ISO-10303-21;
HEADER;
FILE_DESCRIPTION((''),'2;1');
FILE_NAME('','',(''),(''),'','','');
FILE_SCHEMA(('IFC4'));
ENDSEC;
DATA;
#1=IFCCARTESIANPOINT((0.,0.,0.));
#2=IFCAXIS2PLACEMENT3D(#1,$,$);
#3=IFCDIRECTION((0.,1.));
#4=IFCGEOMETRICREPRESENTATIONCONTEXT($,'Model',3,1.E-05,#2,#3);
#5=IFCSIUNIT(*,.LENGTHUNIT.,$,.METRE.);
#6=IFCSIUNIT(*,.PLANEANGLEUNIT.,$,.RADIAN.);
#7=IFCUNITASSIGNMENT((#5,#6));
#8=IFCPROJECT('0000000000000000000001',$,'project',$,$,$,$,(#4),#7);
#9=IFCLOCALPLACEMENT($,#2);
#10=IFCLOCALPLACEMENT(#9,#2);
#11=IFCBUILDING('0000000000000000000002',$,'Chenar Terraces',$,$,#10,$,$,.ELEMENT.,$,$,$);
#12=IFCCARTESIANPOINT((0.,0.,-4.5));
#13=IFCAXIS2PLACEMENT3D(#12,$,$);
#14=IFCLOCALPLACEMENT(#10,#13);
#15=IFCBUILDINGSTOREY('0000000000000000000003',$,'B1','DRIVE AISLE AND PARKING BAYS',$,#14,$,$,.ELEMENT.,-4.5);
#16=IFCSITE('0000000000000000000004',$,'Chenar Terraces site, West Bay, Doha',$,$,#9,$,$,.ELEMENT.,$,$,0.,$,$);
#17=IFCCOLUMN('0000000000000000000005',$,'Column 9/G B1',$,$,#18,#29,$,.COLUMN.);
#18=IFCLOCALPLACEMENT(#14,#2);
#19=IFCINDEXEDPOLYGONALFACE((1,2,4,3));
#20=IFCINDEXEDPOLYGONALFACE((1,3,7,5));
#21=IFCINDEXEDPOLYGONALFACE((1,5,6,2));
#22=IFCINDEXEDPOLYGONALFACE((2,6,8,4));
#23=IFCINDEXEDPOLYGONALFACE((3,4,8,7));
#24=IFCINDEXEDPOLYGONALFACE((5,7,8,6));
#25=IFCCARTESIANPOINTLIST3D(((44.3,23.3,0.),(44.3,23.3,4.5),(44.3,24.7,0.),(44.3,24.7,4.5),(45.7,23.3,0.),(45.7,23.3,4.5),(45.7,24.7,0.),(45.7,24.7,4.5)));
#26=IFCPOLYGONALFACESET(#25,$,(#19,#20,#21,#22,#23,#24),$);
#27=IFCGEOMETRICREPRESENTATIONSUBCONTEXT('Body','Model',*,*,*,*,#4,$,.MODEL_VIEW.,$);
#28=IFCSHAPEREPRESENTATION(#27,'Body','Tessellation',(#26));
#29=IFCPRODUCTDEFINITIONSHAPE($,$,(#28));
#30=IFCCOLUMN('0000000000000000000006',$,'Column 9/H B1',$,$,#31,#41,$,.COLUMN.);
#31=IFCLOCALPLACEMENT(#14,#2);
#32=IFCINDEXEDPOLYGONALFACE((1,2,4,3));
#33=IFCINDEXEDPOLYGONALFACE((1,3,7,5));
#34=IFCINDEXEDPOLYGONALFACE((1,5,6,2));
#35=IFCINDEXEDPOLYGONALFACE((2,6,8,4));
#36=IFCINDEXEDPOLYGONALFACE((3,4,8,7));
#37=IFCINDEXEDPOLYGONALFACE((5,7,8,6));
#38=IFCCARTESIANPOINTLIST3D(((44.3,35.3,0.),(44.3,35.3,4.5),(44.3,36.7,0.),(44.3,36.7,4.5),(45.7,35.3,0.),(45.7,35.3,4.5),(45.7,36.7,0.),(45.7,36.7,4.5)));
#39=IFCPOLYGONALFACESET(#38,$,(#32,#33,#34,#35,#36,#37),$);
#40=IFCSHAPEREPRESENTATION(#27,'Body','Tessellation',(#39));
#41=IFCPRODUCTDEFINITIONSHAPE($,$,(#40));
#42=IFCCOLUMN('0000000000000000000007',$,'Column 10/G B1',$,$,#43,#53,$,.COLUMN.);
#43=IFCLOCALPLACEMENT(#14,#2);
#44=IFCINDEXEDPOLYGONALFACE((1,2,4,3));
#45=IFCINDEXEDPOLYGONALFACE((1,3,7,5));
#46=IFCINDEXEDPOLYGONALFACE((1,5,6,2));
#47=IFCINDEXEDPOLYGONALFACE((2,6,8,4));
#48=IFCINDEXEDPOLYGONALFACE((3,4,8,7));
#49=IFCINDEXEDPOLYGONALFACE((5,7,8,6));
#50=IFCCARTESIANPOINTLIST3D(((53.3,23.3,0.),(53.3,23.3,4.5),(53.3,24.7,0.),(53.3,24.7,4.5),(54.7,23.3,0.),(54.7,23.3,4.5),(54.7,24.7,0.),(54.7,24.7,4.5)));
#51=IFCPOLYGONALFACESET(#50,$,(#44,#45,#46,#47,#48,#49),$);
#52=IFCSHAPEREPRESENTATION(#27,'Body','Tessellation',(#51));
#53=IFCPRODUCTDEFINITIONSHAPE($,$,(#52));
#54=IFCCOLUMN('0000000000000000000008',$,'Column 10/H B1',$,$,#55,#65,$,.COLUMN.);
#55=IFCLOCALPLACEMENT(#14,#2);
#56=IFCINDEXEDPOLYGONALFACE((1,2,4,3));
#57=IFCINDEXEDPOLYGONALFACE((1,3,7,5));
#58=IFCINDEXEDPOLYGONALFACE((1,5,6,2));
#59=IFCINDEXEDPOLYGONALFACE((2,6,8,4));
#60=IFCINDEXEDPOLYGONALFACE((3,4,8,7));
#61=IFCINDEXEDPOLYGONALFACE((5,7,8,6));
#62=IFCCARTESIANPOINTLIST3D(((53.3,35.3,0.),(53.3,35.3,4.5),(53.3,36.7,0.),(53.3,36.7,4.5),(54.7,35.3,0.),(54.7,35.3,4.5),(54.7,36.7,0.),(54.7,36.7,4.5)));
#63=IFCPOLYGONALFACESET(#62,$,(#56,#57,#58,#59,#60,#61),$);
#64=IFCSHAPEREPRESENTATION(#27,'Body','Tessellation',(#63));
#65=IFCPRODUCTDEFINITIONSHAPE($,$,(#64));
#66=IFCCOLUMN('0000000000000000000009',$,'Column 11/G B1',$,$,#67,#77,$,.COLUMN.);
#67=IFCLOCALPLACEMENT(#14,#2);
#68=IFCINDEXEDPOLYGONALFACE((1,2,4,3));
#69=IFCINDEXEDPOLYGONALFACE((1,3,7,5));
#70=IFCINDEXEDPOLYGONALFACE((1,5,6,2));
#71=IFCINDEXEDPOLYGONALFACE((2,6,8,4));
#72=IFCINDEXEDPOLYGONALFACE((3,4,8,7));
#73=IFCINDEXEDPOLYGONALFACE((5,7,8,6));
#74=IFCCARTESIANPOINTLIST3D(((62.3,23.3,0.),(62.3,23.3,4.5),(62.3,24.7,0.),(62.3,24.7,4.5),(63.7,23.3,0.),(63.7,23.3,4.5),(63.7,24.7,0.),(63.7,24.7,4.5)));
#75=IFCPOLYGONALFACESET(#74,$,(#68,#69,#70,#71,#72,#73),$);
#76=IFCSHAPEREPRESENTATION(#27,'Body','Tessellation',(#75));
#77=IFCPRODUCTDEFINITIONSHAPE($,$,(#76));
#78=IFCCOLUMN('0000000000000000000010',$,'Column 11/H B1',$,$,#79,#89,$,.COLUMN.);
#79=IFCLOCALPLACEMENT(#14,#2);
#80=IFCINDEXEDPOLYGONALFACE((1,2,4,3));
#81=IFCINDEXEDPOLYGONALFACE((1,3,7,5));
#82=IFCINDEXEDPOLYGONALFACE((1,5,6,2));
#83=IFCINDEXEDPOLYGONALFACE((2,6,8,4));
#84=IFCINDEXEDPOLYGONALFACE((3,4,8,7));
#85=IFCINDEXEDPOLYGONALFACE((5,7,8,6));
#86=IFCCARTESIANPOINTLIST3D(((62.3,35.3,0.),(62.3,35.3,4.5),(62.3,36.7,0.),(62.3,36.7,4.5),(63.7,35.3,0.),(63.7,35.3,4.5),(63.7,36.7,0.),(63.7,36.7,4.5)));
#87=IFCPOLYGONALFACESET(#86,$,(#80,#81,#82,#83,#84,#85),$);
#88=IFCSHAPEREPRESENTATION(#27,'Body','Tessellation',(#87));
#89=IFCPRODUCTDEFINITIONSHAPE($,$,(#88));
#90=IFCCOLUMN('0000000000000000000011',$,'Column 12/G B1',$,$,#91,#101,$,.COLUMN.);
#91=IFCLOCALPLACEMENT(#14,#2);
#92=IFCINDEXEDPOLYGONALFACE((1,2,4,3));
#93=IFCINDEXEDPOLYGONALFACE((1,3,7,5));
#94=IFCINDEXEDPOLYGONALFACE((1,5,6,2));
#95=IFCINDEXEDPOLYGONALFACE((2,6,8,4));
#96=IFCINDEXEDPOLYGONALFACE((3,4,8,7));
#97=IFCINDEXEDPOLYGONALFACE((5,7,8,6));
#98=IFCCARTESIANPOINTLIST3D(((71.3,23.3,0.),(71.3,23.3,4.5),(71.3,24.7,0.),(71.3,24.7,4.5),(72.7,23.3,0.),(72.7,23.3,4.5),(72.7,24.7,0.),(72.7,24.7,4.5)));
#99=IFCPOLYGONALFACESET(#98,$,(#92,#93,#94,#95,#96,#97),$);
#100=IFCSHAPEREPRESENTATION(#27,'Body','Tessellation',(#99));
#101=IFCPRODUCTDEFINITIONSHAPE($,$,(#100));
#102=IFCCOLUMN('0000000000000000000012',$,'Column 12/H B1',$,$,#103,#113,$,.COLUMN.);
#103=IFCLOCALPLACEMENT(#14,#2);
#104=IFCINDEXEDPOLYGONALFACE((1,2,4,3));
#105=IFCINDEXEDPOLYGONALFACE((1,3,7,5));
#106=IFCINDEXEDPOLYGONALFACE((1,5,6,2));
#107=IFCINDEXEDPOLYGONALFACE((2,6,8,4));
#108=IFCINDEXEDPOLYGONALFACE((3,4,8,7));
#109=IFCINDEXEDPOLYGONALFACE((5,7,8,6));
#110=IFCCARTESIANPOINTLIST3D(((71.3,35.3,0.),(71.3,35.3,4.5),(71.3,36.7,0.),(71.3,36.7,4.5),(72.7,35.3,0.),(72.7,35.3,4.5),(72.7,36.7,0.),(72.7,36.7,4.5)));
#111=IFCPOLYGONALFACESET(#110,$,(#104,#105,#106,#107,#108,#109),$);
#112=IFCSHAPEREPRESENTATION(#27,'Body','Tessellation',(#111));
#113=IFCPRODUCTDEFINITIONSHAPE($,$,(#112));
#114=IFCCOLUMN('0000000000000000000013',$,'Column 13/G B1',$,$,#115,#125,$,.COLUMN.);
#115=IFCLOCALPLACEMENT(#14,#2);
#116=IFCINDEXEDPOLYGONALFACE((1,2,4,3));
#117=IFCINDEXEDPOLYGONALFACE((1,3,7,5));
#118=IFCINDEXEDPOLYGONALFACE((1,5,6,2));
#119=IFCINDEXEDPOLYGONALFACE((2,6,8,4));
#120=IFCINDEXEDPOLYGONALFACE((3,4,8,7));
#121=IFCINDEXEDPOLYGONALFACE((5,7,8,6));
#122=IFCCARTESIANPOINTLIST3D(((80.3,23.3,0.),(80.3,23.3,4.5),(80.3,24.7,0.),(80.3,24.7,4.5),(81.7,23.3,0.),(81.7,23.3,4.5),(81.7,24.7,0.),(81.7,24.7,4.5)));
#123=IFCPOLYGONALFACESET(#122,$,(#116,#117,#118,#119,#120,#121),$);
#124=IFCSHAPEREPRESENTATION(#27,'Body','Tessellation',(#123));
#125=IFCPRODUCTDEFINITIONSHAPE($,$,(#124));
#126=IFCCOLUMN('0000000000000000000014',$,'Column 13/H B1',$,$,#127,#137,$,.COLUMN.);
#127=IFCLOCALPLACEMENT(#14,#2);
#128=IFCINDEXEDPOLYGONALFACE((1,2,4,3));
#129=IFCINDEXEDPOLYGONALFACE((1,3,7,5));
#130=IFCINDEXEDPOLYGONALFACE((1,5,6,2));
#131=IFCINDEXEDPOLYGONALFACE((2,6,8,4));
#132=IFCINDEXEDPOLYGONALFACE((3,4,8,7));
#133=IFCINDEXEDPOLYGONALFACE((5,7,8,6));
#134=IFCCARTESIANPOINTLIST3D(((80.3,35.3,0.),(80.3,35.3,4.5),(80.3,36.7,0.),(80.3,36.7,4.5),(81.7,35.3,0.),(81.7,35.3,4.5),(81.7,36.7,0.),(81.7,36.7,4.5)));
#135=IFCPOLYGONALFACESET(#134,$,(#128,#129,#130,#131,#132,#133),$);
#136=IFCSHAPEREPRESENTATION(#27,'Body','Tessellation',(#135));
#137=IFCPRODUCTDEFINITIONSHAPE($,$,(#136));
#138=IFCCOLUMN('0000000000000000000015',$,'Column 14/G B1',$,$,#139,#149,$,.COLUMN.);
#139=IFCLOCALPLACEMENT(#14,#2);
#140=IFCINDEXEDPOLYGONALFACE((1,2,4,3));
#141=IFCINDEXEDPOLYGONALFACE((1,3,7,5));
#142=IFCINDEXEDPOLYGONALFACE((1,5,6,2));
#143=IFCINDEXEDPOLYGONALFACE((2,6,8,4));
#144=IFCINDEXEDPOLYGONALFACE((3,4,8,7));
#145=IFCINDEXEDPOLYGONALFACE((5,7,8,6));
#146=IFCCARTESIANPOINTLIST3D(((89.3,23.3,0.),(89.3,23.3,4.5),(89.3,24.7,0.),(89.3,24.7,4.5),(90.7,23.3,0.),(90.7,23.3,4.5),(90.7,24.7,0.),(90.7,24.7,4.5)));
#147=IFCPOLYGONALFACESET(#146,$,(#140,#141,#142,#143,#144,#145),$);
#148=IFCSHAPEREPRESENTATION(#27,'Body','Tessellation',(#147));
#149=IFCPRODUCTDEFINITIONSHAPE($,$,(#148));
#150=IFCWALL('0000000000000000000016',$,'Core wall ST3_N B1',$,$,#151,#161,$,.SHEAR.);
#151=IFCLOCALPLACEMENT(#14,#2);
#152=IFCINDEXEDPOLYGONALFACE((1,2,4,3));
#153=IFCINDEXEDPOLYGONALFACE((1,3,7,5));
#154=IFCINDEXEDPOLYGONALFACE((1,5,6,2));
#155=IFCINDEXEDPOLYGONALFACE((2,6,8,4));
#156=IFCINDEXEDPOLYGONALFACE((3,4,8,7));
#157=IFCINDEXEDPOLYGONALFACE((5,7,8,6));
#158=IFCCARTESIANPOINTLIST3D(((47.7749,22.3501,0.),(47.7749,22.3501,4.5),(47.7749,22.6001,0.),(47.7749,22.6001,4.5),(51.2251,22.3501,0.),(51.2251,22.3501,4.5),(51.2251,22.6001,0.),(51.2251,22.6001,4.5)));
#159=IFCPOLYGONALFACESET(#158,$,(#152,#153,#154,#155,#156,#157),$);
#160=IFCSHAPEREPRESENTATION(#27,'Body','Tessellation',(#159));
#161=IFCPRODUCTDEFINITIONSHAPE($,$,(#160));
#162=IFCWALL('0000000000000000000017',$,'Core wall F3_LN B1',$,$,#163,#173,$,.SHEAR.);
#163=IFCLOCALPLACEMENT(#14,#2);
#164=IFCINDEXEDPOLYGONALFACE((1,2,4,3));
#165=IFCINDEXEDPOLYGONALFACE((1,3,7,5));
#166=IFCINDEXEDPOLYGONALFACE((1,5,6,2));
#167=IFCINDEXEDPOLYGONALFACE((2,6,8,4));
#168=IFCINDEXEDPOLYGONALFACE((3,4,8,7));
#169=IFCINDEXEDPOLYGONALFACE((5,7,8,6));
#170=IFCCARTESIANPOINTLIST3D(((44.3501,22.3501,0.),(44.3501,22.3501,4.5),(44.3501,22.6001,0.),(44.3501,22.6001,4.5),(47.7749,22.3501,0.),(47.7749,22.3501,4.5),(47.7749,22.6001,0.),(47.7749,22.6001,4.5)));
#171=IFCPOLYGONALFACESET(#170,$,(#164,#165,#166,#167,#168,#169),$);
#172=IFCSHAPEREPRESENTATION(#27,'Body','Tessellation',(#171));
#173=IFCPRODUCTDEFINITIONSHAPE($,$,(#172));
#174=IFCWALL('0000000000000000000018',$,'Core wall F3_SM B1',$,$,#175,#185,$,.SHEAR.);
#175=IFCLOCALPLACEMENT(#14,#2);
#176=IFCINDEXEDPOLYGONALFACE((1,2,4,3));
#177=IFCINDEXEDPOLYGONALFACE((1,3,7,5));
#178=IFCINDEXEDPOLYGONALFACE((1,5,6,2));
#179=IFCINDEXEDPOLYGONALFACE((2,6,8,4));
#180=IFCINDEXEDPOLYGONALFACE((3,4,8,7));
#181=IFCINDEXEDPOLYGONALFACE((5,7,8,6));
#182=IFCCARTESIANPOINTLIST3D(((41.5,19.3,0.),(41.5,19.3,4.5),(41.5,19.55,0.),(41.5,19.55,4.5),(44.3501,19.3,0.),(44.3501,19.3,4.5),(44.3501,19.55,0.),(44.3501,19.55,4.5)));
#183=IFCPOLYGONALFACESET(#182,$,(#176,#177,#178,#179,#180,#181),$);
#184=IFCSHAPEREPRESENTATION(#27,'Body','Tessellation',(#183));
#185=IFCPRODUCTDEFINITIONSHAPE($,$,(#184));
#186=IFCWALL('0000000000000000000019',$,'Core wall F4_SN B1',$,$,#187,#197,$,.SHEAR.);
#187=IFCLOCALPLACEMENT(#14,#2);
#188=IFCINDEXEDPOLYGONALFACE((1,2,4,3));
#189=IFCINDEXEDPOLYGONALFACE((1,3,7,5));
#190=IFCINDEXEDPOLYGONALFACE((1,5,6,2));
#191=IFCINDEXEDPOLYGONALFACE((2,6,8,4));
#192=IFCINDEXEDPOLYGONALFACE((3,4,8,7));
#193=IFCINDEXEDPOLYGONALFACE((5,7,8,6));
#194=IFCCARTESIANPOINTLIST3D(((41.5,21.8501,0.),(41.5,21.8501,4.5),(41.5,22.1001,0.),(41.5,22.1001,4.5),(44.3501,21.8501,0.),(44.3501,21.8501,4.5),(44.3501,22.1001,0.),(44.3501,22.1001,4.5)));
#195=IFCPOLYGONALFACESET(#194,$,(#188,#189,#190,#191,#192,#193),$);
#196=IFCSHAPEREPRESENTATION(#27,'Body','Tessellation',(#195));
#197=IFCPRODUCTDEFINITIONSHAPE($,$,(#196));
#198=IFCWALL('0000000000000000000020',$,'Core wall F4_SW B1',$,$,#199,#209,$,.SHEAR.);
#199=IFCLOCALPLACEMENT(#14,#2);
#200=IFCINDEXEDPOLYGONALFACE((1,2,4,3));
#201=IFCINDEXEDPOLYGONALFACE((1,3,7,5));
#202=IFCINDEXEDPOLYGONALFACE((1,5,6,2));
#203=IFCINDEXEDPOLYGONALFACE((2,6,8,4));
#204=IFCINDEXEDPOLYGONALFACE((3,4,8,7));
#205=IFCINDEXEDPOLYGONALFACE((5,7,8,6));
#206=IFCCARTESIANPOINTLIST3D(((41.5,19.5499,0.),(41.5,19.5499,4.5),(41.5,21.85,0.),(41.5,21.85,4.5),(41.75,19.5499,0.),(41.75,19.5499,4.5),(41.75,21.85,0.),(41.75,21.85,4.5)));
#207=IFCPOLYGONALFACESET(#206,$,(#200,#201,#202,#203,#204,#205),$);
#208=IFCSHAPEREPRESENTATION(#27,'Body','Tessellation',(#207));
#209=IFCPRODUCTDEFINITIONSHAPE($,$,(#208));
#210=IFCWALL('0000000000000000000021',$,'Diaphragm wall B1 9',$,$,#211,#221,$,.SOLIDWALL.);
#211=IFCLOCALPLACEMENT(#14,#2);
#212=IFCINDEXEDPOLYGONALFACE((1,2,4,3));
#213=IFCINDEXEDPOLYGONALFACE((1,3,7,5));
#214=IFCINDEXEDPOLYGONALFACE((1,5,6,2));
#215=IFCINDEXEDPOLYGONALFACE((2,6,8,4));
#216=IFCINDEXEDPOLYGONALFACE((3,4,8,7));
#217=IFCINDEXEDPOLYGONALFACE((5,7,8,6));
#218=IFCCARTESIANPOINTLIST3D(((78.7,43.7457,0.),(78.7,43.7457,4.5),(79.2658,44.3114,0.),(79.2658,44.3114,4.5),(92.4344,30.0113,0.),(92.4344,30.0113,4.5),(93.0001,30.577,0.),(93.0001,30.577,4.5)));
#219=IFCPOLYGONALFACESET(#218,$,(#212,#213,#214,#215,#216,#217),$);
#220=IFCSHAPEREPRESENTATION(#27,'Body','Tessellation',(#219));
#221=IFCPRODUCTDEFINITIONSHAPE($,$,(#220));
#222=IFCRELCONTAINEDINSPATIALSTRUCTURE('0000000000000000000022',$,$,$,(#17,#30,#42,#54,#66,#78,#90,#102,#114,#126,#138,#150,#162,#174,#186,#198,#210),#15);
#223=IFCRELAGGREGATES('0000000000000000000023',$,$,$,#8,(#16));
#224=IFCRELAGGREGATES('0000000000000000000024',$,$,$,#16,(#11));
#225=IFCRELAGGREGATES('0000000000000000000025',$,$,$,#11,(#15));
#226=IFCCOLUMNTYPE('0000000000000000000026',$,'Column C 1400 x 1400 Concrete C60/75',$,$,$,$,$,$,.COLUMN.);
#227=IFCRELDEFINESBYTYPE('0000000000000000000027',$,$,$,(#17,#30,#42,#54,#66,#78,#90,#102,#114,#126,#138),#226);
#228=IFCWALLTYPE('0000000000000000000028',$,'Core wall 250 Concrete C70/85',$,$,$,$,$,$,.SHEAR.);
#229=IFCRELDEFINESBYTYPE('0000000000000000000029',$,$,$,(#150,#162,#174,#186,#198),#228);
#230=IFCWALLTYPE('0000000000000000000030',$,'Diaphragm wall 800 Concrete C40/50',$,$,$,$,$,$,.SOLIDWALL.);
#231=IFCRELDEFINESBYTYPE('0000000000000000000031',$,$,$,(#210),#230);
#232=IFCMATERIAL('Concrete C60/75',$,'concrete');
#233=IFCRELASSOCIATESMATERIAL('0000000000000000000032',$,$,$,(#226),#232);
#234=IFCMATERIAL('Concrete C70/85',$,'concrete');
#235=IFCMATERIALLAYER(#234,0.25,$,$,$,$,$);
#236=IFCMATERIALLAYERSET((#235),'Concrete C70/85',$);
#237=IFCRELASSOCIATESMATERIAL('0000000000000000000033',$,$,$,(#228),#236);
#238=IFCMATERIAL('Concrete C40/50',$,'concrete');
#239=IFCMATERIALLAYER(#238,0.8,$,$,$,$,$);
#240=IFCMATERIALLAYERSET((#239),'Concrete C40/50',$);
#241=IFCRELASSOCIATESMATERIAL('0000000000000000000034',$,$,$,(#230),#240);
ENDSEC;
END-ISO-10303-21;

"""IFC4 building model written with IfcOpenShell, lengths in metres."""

from ifc_helpers import new_model, si_unit, direction, frame, frame_2d, origin, origin_2d, place, context, subcontext, project, spatial, rectangle, extrude, material, layer, layer_set, material_profile, profile_set, type_object, element, save


model = new_model("IFC4")

# Units and contexts
model_context = context("Model", 3, precision=1e-05, world=origin(), true_north=direction((0.0, 1.0)))
body_context = subcontext(model_context, "Body", "Model", "MODEL_VIEW")
ifc_project = project(units=[si_unit("LENGTHUNIT", "METRE"), si_unit("PLANEANGLEUNIT", "RADIAN")], contexts=[model_context])

# Site, building, storey
site_placement = place(None, origin())
site = spatial("IfcSite", under=ifc_project, at=site_placement, Name="Chenar Terraces site, West Bay, Doha", CompositionType="ELEMENT", RefElevation=0.0)
building_placement = place(site_placement, origin())
building = spatial("IfcBuilding", under=site, at=building_placement, Name="Chenar Terraces", CompositionType="ELEMENT")
storey_placement = place(building_placement, frame((0.0, 0.0, -4.5)))
storey = spatial("IfcBuildingStorey", under=building, at=storey_placement, Name="B1", Description="DRIVE AISLE AND PARKING BAYS", CompositionType="ELEMENT", Elevation=-4.5)

# Columns
ifc_material_1 = material(Name="Concrete C60/75", Category="concrete")
ifc_material_profile = material_profile(ifc_material_1, rectangle(XDim=1.3999, YDim=1.3999, at=origin_2d()), Name="C 1400 x 1400")
ifc_profile_set = profile_set([ifc_material_profile], Name="Concrete C60/75")
column_type = type_object("IfcColumnType", Name="Column C 1400 x 1400 Concrete C60/75", PredefinedType="COLUMN", material=ifc_profile_set)
for number, where, z_axis, x_axis, name in (
    (1, (45.0, 24.0, 0.0), (0.0, 0.0, 1.0), (1.0, 0.0, 0.0), "Column 9/G B1"),
    (2, (45.0, 36.0, 0.0), (0.0, 0.0, 1.0), (1.0, 0.0, 0.0), "Column 9/H B1"),
    (3, (54.0, 24.0, 0.0), (0.0, 0.0, 1.0), (1.0, 0.0, 0.0), "Column 10/G B1"),
    (4, (54.0, 36.0, 0.0), (0.0, 0.0, 1.0), (1.0, 0.0, 0.0), "Column 10/H B1"),
    (5, (63.0, 24.0, 0.0), (0.0, 0.0, 1.0), (1.0, 0.0, 0.0), "Column 11/G B1"),
    (6, (63.0, 36.0, 0.0), (0.0, 0.0, 1.0), (1.0, 0.0, 0.0), "Column 11/H B1"),
    (7, (72.0, 24.0, 0.0), (0.0, 0.0, 1.0), (1.0, 0.0, 0.0), "Column 12/G B1"),
    (8, (72.0, 36.0, 0.0), (0.0, 0.0, 1.0), (1.0, 0.0, 0.0), "Column 12/H B1"),
    (9, (81.0, 24.0, 0.0), (0.0, 0.0, 1.0), (1.0, 0.0, 0.0), "Column 13/G B1"),
    (10, (81.0, 36.0, 0.0), (0.0, 0.0, 1.0), (1.0, 0.0, 0.0), "Column 13/H B1"),
    (11, (90.0, 24.0, 0.0), (0.0, 0.0, 1.0), (1.0, 0.0, 0.0), "Column 14/G B1"),
):
    element("IfcColumn", number, at=place(storey_placement, frame(where, z_axis=z_axis, x_axis=x_axis)), inside=storey, type_object=column_type, Name=name, PredefinedType="COLUMN", context=body_context, shape_type="SweptSolid", body=[
        extrude(rectangle(XDim=1.3999, YDim=1.3999, at=origin_2d()), origin(), (0.0, 0.0, 1.0), 4.5),
    ])

# Walls
ifc_material_2 = material(Name="Concrete C70/85", Category="concrete")
ifc_layer_1 = layer(ifc_material_2, 0.25)
ifc_layer_set_1 = layer_set([ifc_layer_1], Name="Concrete C70/85")
wall_type_1 = type_object("IfcWallType", Name="Core wall 250 Concrete C70/85", PredefinedType="SHEAR", material=ifc_layer_set_1)
wall_1_placement = place(storey_placement, frame((47.7749, 22.4751, 0.0), z_axis=(0.0, 0.0, 1.0), x_axis=(1.0, 0.0, 0.0)))
element("IfcWall", 12, at=wall_1_placement, inside=storey, type_object=wall_type_1, Name="Core wall ST3_N B1", PredefinedType="SHEAR", context=body_context, shape_type="SweptSolid", body=[
    extrude(rectangle(XDim=3.4502, YDim=0.25, at=frame_2d((1.7251, 0.0))), origin(), (0.0, 0.0, 1.0), 4.5),
])
wall_2_placement = place(storey_placement, frame((44.3501, 22.4751, 0.0), z_axis=(0.0, 0.0, 1.0), x_axis=(1.0, 0.0, 0.0)))
element("IfcWall", 13, at=wall_2_placement, inside=storey, type_object=wall_type_1, Name="Core wall F3_LN B1", PredefinedType="SHEAR", context=body_context, shape_type="SweptSolid", body=[
    extrude(rectangle(XDim=3.4248, YDim=0.25, at=frame_2d((1.7124, 0.0))), origin(), (0.0, 0.0, 1.0), 4.5),
])
for number, where, z_axis, x_axis, name in (
    (14, (41.5, 19.425, 0.0), (0.0, 0.0, 1.0), (1.0, 0.0, 0.0), "Core wall F3_SM B1"),
    (15, (41.5, 21.9751, 0.0), (0.0, 0.0, 1.0), (1.0, 0.0, 0.0), "Core wall F4_SN B1"),
):
    element("IfcWall", number, at=place(storey_placement, frame(where, z_axis=z_axis, x_axis=x_axis)), inside=storey, type_object=wall_type_1, Name=name, PredefinedType="SHEAR", context=body_context, shape_type="SweptSolid", body=[
        extrude(rectangle(XDim=2.8501, YDim=0.25, at=frame_2d((1.425, 0.0))), origin(), (0.0, 0.0, 1.0), 4.5),
    ])
wall_3_placement = place(storey_placement, frame((41.625, 19.55, 0.0), z_axis=(0.0, 0.0, 1.0), x_axis=(0.0, 1.0, 0.0)))
element("IfcWall", 16, at=wall_3_placement, inside=storey, type_object=wall_type_1, Name="Core wall F4_SW B1", PredefinedType="SHEAR", context=body_context, shape_type="SweptSolid", body=[
    extrude(rectangle(XDim=2.3, YDim=0.25, at=frame_2d((1.1499, 0.0))), origin(), (0.0, 0.0, 1.0), 4.5),
])
ifc_material_3 = material(Name="Concrete C40/50", Category="concrete")
ifc_layer_2 = layer(ifc_material_3, 0.8)
ifc_layer_set_2 = layer_set([ifc_layer_2], Name="Concrete C40/50")
wall_type_2 = type_object("IfcWallType", Name="Diaphragm wall 800 Concrete C40/50", PredefinedType="SOLIDWALL", material=ifc_layer_set_2)
wall_4_placement = place(storey_placement, frame((92.7173, 30.2942, 0.0), z_axis=(0.0, 0.0, 1.0), x_axis=(-0.707107, 0.707107, 0.0)))
element("IfcWall", 17, at=wall_4_placement, inside=storey, type_object=wall_type_2, Name="Diaphragm wall B1 9", PredefinedType="SOLIDWALL", context=body_context, shape_type="SweptSolid", body=[
    extrude(rectangle(XDim=19.4233, YDim=0.8, at=frame_2d((9.7117, 0.0))), origin(), (0.0, 0.0, 1.0), 4.5),
])

save(model, "model.ifc")
